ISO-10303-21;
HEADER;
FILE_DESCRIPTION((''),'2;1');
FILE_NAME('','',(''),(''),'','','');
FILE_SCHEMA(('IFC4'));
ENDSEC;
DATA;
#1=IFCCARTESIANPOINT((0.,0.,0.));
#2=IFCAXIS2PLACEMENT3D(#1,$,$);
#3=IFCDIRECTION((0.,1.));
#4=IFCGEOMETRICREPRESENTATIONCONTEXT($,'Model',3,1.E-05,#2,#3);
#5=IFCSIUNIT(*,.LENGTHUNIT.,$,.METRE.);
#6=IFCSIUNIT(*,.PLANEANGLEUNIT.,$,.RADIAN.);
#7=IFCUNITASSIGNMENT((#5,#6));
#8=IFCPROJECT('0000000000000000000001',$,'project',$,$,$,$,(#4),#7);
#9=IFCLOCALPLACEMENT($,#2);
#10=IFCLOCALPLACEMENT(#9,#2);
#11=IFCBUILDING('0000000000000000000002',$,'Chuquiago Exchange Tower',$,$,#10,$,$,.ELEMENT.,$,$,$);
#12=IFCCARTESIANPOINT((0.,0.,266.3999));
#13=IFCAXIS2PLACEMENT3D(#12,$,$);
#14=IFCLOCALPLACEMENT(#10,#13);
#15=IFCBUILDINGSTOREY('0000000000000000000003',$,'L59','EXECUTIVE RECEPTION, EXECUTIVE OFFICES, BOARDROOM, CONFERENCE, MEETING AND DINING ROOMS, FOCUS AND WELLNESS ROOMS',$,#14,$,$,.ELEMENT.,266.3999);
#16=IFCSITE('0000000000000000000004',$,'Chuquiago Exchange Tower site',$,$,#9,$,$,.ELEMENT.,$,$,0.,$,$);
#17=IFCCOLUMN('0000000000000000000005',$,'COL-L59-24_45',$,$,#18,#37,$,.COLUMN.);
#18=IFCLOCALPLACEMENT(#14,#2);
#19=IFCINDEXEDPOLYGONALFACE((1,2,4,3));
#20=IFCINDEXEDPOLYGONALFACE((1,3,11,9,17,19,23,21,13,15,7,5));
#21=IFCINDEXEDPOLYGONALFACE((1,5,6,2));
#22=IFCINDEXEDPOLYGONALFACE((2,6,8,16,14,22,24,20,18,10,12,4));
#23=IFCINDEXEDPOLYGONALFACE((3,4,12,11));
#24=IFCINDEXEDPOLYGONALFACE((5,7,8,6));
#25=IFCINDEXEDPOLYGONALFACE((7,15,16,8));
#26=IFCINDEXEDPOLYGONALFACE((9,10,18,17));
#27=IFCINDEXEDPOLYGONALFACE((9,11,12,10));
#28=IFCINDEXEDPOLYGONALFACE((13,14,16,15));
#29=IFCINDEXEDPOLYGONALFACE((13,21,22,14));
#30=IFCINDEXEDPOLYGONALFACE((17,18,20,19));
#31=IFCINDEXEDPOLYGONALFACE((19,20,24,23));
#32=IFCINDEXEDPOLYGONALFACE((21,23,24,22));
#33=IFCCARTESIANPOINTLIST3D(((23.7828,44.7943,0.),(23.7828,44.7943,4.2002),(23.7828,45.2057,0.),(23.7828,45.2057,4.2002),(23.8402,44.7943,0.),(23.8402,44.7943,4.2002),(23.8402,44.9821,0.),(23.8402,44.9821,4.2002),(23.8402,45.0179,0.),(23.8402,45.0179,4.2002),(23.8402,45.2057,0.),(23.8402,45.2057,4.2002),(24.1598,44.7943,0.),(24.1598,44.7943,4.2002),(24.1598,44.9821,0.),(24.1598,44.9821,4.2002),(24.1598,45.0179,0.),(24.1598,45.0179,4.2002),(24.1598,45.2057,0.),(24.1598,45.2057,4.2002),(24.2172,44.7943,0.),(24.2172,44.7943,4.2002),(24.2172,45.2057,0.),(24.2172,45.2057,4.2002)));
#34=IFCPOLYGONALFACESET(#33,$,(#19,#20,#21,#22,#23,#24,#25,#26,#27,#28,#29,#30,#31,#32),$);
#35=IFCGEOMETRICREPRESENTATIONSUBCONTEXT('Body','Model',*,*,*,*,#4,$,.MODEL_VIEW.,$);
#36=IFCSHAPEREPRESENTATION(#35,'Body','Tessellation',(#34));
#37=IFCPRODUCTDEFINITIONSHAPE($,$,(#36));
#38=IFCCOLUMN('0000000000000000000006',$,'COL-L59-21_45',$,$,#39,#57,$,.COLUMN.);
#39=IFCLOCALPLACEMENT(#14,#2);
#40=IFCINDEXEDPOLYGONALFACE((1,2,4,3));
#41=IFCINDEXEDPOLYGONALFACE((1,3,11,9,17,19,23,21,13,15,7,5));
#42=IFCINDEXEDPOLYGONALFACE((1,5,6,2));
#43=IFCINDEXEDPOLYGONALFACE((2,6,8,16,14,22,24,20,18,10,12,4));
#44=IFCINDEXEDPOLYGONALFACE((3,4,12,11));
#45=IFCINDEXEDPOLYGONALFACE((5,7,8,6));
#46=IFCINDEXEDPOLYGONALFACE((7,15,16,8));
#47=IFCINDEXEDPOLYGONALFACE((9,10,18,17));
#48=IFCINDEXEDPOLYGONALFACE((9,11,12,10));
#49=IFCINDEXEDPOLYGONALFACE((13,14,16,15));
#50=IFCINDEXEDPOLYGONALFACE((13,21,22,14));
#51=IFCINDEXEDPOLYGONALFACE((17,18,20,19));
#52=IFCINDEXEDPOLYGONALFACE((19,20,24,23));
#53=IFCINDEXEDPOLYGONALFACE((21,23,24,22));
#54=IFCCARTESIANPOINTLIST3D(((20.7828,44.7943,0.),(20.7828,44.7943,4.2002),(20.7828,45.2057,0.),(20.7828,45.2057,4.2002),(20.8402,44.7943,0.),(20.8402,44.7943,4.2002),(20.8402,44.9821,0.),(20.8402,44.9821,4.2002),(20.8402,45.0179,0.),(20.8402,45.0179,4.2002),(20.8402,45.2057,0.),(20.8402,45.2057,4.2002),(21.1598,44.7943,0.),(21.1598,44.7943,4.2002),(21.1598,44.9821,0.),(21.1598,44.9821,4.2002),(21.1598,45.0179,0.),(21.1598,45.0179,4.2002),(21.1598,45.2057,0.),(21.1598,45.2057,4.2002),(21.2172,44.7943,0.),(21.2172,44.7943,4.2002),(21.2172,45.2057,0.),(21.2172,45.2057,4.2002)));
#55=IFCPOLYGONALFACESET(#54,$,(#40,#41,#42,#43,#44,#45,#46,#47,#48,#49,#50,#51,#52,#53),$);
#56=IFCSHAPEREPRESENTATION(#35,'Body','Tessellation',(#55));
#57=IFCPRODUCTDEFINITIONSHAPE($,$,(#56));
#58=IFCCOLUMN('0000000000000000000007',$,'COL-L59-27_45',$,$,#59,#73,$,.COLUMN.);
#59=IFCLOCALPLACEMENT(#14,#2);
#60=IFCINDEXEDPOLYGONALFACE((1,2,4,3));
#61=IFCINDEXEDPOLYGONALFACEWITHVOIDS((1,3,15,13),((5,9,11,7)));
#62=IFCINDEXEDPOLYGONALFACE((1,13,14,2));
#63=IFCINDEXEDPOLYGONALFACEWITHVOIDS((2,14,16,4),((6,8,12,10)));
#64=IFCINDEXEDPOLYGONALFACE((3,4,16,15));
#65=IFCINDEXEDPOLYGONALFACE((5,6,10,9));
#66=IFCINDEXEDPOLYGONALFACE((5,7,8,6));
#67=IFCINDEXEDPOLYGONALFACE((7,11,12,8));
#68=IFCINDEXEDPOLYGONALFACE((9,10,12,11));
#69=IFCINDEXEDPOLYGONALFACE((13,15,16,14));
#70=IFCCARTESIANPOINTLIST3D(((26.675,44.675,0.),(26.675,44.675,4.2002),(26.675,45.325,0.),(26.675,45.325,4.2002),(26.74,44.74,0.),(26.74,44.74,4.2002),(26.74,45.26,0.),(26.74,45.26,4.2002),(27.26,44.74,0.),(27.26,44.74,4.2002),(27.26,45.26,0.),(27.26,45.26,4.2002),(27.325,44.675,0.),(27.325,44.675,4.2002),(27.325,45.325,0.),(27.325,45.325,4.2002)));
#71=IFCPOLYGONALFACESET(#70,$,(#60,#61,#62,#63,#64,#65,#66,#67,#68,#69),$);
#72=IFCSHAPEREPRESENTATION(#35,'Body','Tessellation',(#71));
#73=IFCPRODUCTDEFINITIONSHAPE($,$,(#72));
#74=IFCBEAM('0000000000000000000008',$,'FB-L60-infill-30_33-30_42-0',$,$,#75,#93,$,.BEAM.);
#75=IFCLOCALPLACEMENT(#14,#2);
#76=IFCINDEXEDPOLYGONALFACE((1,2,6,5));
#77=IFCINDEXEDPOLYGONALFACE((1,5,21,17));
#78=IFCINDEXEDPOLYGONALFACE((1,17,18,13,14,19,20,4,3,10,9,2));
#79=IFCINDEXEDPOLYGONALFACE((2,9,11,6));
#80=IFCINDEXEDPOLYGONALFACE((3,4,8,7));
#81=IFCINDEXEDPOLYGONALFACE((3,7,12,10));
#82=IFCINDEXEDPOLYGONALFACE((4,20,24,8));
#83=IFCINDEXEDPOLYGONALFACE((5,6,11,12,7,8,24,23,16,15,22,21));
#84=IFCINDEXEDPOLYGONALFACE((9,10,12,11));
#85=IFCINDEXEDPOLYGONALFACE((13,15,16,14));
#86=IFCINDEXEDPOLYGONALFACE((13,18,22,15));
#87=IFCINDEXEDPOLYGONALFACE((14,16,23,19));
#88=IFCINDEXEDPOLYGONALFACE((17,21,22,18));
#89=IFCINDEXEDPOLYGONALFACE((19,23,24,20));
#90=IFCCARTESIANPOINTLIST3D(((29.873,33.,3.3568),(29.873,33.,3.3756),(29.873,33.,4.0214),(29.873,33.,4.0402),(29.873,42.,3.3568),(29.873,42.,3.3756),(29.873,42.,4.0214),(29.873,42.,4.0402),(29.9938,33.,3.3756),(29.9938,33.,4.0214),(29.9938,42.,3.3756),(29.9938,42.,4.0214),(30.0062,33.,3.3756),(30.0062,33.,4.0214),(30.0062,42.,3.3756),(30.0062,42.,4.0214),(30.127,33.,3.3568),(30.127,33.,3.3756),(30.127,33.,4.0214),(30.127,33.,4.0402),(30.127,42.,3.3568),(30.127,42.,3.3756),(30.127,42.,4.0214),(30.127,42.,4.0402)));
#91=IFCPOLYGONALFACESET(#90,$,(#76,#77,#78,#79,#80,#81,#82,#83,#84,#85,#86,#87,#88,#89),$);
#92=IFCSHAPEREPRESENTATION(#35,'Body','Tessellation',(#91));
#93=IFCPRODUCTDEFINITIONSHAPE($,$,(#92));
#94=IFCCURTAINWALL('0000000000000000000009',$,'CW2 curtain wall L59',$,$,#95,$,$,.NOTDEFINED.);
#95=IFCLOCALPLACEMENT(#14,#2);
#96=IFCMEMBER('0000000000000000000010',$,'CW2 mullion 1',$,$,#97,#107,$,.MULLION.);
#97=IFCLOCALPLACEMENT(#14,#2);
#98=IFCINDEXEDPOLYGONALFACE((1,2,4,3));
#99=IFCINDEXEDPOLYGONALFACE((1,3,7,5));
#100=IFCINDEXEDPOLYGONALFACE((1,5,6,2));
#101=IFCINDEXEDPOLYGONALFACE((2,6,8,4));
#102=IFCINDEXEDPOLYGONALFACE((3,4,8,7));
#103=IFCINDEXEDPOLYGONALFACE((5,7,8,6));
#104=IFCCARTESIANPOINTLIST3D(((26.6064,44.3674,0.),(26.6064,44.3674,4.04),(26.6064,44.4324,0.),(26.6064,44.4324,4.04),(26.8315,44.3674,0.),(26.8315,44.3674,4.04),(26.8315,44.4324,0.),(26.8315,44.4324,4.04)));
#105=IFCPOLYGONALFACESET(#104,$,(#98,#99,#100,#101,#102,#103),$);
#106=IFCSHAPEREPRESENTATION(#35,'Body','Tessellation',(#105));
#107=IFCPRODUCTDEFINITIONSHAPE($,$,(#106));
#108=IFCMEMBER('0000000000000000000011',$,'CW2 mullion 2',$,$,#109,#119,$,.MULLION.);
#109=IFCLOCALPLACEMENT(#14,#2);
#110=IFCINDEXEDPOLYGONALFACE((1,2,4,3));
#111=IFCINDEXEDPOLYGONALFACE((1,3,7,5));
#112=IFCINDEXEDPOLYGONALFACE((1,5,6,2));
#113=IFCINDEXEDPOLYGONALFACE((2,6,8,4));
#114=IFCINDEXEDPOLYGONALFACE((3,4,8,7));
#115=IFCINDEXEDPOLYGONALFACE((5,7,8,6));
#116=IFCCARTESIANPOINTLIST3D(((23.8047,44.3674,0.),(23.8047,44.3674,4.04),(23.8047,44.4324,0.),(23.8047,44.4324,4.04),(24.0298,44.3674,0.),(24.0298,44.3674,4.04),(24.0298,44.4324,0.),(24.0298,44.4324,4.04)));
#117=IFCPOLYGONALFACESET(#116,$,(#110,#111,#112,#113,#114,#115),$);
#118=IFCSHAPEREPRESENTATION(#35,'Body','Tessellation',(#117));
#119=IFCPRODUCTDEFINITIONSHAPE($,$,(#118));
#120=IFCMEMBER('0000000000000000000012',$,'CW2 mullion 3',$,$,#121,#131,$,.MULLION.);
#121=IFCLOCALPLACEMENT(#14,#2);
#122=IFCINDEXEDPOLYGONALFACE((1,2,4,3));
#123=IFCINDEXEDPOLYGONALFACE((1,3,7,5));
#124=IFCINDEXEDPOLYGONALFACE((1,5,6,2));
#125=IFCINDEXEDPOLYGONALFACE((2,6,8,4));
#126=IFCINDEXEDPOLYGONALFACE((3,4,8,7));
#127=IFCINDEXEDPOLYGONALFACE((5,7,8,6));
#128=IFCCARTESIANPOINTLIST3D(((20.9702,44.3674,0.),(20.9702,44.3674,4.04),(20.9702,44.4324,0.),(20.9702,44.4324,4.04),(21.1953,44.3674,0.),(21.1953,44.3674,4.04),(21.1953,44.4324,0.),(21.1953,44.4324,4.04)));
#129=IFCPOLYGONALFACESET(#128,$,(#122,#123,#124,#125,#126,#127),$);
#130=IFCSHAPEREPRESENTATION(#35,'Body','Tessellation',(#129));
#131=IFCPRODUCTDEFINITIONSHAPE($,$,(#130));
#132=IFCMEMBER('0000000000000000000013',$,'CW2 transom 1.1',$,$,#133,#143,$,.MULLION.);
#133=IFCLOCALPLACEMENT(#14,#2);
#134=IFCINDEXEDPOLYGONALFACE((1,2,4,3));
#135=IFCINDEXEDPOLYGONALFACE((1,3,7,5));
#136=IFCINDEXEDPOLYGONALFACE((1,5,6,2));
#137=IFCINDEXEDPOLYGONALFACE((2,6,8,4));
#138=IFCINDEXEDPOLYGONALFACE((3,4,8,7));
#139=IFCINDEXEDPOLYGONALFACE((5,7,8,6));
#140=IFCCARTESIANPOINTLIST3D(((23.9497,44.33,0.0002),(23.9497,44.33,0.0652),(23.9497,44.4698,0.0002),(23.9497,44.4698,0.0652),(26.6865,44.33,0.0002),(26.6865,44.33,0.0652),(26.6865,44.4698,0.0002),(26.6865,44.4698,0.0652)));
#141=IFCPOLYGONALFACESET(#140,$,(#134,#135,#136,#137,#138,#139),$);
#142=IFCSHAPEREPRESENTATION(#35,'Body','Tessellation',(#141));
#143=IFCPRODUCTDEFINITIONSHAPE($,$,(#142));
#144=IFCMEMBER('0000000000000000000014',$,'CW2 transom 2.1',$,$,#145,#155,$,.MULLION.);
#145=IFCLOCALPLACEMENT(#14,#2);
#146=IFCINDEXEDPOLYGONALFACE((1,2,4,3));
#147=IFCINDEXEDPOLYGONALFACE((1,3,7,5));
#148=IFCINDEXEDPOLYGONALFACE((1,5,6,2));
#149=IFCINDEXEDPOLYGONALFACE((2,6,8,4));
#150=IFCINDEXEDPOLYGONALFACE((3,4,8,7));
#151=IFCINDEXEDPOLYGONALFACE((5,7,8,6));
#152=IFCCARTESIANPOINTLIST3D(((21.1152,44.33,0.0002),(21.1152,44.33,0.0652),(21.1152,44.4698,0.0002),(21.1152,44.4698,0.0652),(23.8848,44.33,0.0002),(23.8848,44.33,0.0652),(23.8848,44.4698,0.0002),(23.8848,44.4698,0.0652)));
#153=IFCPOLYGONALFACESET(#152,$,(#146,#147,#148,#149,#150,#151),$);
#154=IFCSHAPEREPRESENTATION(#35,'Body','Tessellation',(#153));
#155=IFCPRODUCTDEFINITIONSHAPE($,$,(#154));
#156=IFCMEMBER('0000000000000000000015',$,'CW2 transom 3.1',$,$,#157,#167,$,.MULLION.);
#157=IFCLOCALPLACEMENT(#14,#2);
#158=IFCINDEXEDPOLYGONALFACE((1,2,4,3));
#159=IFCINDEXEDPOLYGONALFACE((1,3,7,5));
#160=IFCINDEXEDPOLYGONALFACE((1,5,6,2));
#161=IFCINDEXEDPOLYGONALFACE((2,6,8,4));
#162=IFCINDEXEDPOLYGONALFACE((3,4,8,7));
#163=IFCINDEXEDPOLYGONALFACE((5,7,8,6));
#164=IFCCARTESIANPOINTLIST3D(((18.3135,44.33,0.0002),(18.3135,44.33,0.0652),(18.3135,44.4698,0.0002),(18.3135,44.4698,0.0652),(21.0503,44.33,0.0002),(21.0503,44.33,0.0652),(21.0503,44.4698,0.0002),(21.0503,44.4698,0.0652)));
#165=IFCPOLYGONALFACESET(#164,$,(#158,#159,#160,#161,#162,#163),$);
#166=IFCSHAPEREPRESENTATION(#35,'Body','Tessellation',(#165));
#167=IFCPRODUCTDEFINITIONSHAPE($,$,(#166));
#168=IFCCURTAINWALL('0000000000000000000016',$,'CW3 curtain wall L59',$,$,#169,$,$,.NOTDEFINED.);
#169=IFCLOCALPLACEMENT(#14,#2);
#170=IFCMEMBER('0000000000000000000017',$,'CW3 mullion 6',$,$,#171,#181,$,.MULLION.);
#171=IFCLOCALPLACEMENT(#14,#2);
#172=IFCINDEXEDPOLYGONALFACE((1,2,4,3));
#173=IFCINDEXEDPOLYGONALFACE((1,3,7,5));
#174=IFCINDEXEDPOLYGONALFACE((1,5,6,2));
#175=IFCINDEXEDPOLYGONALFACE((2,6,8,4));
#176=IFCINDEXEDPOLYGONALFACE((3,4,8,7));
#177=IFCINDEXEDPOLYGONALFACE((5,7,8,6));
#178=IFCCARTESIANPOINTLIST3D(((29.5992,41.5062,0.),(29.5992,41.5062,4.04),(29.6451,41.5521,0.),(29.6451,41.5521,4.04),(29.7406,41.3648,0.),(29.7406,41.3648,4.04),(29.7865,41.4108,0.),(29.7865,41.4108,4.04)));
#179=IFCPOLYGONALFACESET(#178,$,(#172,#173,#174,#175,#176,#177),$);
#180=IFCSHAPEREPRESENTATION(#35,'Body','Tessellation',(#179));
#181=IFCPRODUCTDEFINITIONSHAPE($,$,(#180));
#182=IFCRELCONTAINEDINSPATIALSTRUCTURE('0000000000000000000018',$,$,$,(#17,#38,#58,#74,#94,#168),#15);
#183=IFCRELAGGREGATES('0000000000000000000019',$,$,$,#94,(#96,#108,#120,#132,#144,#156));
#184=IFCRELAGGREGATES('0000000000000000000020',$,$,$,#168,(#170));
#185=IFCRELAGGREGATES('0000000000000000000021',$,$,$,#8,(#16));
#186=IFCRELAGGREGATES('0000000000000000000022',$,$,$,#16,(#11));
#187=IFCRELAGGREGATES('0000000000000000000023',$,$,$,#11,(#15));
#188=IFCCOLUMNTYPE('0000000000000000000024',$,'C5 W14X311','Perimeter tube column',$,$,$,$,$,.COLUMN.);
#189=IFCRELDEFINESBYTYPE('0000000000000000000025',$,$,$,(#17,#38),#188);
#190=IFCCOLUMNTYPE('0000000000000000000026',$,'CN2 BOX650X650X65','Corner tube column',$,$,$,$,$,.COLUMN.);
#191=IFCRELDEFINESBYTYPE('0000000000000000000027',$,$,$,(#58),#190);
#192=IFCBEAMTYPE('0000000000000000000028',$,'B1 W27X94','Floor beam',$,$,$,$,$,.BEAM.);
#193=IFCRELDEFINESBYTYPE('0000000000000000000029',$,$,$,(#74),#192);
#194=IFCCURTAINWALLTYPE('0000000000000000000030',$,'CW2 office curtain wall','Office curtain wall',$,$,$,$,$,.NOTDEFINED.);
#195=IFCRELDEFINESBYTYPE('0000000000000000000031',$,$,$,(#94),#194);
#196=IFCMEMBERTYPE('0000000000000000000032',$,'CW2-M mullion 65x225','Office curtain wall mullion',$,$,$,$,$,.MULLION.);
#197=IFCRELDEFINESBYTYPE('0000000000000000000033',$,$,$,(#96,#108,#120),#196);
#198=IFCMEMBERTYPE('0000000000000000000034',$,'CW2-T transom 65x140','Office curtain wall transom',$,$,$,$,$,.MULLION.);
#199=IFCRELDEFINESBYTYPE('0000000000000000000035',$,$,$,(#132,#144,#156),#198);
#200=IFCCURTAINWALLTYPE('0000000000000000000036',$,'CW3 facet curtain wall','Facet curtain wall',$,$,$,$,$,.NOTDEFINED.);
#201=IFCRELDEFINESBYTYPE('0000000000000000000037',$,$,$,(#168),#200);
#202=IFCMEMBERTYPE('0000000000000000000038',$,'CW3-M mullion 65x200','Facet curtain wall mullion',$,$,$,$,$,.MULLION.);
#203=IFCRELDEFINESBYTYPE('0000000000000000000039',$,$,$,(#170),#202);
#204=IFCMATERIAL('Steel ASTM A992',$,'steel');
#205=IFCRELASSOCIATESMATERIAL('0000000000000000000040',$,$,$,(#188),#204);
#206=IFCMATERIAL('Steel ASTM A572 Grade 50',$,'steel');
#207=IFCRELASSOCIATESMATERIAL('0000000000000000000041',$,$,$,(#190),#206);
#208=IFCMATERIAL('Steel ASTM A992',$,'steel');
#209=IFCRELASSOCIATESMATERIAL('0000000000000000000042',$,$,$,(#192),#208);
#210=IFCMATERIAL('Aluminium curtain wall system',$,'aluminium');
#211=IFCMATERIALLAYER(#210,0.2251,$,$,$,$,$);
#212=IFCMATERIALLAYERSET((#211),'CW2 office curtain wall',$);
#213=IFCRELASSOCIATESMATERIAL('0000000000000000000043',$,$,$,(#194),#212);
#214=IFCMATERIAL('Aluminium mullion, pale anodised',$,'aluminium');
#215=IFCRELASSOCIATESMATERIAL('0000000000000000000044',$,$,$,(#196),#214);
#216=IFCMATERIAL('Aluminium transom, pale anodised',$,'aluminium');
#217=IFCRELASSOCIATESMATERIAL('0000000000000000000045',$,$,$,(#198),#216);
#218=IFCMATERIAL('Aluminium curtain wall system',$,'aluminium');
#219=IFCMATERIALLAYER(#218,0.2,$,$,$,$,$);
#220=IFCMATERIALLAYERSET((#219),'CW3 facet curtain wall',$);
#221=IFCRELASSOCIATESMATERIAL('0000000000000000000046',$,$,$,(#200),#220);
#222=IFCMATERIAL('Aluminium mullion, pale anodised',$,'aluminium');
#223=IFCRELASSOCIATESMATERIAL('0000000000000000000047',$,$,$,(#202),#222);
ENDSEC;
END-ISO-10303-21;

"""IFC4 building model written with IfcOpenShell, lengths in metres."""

from ifc_helpers import new_model, si_unit, direction, frame, origin, origin_2d, place, context, subcontext, project, spatial, rectangle, hollow_rectangle, i_section, extrude, material, layer, layer_set, material_profile, profile_set, type_object, element, aggregate, save


model = new_model("IFC4")

# Units and contexts
model_context = context("Model", 3, precision=1e-05, world=origin(), true_north=direction((0.0, 1.0)))
body_context = subcontext(model_context, "Body", "Model", "MODEL_VIEW")
ifc_project = project(units=[si_unit("LENGTHUNIT", "METRE"), si_unit("PLANEANGLEUNIT", "RADIAN")], contexts=[model_context])

# Site, building, storey
site_placement = place(None, origin())
site = spatial("IfcSite", under=ifc_project, at=site_placement, Name="Chuquiago Exchange Tower site", CompositionType="ELEMENT", RefElevation=0.0)
building_placement = place(site_placement, origin())
building = spatial("IfcBuilding", under=site, at=building_placement, Name="Chuquiago Exchange Tower", CompositionType="ELEMENT")
storey_placement = place(building_placement, frame((0.0, 0.0, 266.3999)))
storey = spatial("IfcBuildingStorey", under=building, at=storey_placement, Name="L59", Description="EXECUTIVE RECEPTION, EXECUTIVE OFFICES, BOARDROOM, CONFERENCE, MEETING AND DINING ROOMS, FOCUS AND WELLNESS ROOMS", CompositionType="ELEMENT", Elevation=266.3999)

# Columns
ifc_material_1 = material(Name="Steel ASTM A992", Category="steel")
ifc_material_profile_1 = material_profile(ifc_material_1, i_section(OverallWidth=0.4114, OverallDepth=0.4343, WebThickness=0.0359, FlangeThickness=0.0574, at=origin_2d()), Name="W14X311")
ifc_profile_set_1 = profile_set([ifc_material_profile_1], Name="Steel ASTM A992")
column_type_1 = type_object("IfcColumnType", Name="C5 W14X311", Description="Perimeter tube column", PredefinedType="COLUMN", material=ifc_profile_set_1)
for number, where, z_axis, x_axis, name in (
    (1, (24.0, 45.0, 0.0), (0.0, 0.0, 1.0), (0.0, 1.0, 0.0), "COL-L59-24_45"),
    (2, (21.0, 45.0, 0.0), (0.0, 0.0, 1.0), (0.0, 1.0, 0.0), "COL-L59-21_45"),
):
    element("IfcColumn", number, at=place(storey_placement, frame(where, z_axis=z_axis, x_axis=x_axis)), inside=storey, type_object=column_type_1, Name=name, PredefinedType="COLUMN", context=body_context, shape_type="SweptSolid", body=[
        extrude(i_section(OverallWidth=0.4114, OverallDepth=0.4343, WebThickness=0.0359, FlangeThickness=0.0574, at=origin_2d()), origin(), (0.0, 0.0, 1.0), 4.2002),
    ])
ifc_material_2 = material(Name="Steel ASTM A572 Grade 50", Category="steel")
ifc_material_profile_2 = material_profile(ifc_material_2, hollow_rectangle(XDim=0.6499, YDim=0.6499, WallThickness=0.0649, at=origin_2d()), Name="BOX650X650X65")
ifc_profile_set_2 = profile_set([ifc_material_profile_2], Name="Steel ASTM A572 Grade 50")
column_type_2 = type_object("IfcColumnType", Name="CN2 BOX650X650X65", Description="Corner tube column", PredefinedType="COLUMN", material=ifc_profile_set_2)
column_placement = place(storey_placement, frame((27.0, 45.0, 0.0), z_axis=(0.0, 0.0, 1.0), x_axis=(0.0, 1.0, 0.0)))
element("IfcColumn", 3, at=column_placement, inside=storey, type_object=column_type_2, Name="COL-L59-27_45", PredefinedType="COLUMN", context=body_context, shape_type="SweptSolid", body=[
    extrude(hollow_rectangle(XDim=0.6499, YDim=0.6499, WallThickness=0.0649, at=origin_2d()), origin(), (0.0, 0.0, 1.0), 4.2002),
])

# Beam
ifc_material_3 = material(Name="Steel ASTM A992", Category="steel")
ifc_material_profile_3 = material_profile(ifc_material_3, i_section(OverallWidth=0.2539, OverallDepth=0.6833, WebThickness=0.0125, FlangeThickness=0.0188, at=origin_2d()), Name="W27X94")
ifc_profile_set_3 = profile_set([ifc_material_profile_3], Name="Steel ASTM A992")
beam_type_1 = type_object("IfcBeamType", Name="B1 W27X94", Description="Floor beam", PredefinedType="BEAM", material=ifc_profile_set_3)
beam_placement = place(storey_placement, frame((30.0, 33.0, 3.6985), z_axis=(0.0, 1.0, 0.0), x_axis=(-1.0, 0.0, 0.0)))
element("IfcBeam", 4, at=beam_placement, inside=storey, type_object=beam_type_1, Name="FB-L60-infill-30_33-30_42-0", PredefinedType="BEAM", context=body_context, shape_type="SweptSolid", body=[
    extrude(i_section(OverallWidth=0.2539, OverallDepth=0.6833, WebThickness=0.0125, FlangeThickness=0.0188, at=origin_2d()), origin(), (0.0, 0.0, 1.0), 9.0),
])

# Curtain walls, members
ifc_material_4 = material(Name="Aluminium curtain wall system", Category="aluminium")
ifc_layer_1 = layer(ifc_material_4, 0.2251)
ifc_layer_set_1 = layer_set([ifc_layer_1], Name="CW2 office curtain wall")
curtain_wall_type_1 = type_object("IfcCurtainWallType", Name="CW2 office curtain wall", Description="Office curtain wall", PredefinedType="NOTDEFINED", material=ifc_layer_set_1)
curtain_wall_1_placement = place(storey_placement, origin())
curtain_wall_1 = element("IfcCurtainWall", 5, at=curtain_wall_1_placement, inside=storey, type_object=curtain_wall_type_1, Name="CW2 curtain wall L59", PredefinedType="NOTDEFINED")
ifc_material_5 = material(Name="Aluminium mullion, pale anodised", Category="aluminium")
ifc_material_profile_4 = material_profile(ifc_material_5, rectangle(XDim=0.0649, YDim=0.2251, at=origin_2d()), Name="AL 65x225")
ifc_profile_set_4 = profile_set([ifc_material_profile_4], Name="Aluminium mullion, pale anodised")
member_type_1 = type_object("IfcMemberType", Name="CW2-M mullion 65x225", Description="Office curtain wall mullion", PredefinedType="MULLION", material=ifc_profile_set_4)
member_1_placement = place(storey_placement, frame((26.719, 44.3999, 0.0), z_axis=(0.0, 0.0, 1.0), x_axis=(0.0, -1.0, 0.0)))
member_1 = element("IfcMember", 6, at=member_1_placement, type_object=member_type_1, Name="CW2 mullion 1", PredefinedType="MULLION", context=body_context, shape_type="SweptSolid", body=[
    extrude(rectangle(XDim=0.0649, YDim=0.2251, at=origin_2d()), origin(), (0.0, 0.0, 1.0), 4.04),
])
member_2_placement = place(storey_placement, frame((23.9172, 44.3999, 0.0), z_axis=(0.0, 0.0, 1.0), x_axis=(0.0, -1.0, 0.0)))
member_2 = element("IfcMember", 7, at=member_2_placement, type_object=member_type_1, Name="CW2 mullion 2", PredefinedType="MULLION", context=body_context, shape_type="SweptSolid", body=[
    extrude(rectangle(XDim=0.0649, YDim=0.2251, at=origin_2d()), origin(), (0.0, 0.0, 1.0), 4.04),
])
member_3_placement = place(storey_placement, frame((21.0828, 44.3999, 0.0), z_axis=(0.0, 0.0, 1.0), x_axis=(0.0, -1.0, 0.0)))
member_3 = element("IfcMember", 8, at=member_3_placement, type_object=member_type_1, Name="CW2 mullion 3", PredefinedType="MULLION", context=body_context, shape_type="SweptSolid", body=[
    extrude(rectangle(XDim=0.0649, YDim=0.2251, at=origin_2d()), origin(), (0.0, 0.0, 1.0), 4.04),
])
ifc_material_6 = material(Name="Aluminium transom, pale anodised", Category="aluminium")
ifc_material_profile_5 = material_profile(ifc_material_6, rectangle(XDim=0.1399, YDim=0.0649, at=origin_2d()), Name="AL 140x65")
ifc_profile_set_5 = profile_set([ifc_material_profile_5], Name="Aluminium transom, pale anodised")
member_type_2 = type_object("IfcMemberType", Name="CW2-T transom 65x140", Description="Office curtain wall transom", PredefinedType="MULLION", material=ifc_profile_set_5)
member_4_placement = place(storey_placement, frame((26.6865, 44.3999, 0.0327), z_axis=(-1.0, 0.0, 0.0), x_axis=(0.0, -1.0, 0.0)))
member_4 = element("IfcMember", 9, at=member_4_placement, type_object=member_type_2, Name="CW2 transom 1.1", PredefinedType="MULLION", context=body_context, shape_type="SweptSolid", body=[
    extrude(rectangle(XDim=0.1399, YDim=0.0649, at=origin_2d()), origin(), (0.0, 0.0, 1.0), 2.7368),
])
member_5_placement = place(storey_placement, frame((23.8848, 44.3999, 0.0327), z_axis=(-1.0, 0.0, 0.0), x_axis=(0.0, -1.0, 0.0)))
member_5 = element("IfcMember", 10, at=member_5_placement, type_object=member_type_2, Name="CW2 transom 2.1", PredefinedType="MULLION", context=body_context, shape_type="SweptSolid", body=[
    extrude(rectangle(XDim=0.1399, YDim=0.0649, at=origin_2d()), origin(), (0.0, 0.0, 1.0), 2.7695),
])
member_6_placement = place(storey_placement, frame((21.0503, 44.3999, 0.0327), z_axis=(-1.0, 0.0, 0.0), x_axis=(0.0, -1.0, 0.0)))
member_6 = element("IfcMember", 11, at=member_6_placement, type_object=member_type_2, Name="CW2 transom 3.1", PredefinedType="MULLION", context=body_context, shape_type="SweptSolid", body=[
    extrude(rectangle(XDim=0.1399, YDim=0.0649, at=origin_2d()), origin(), (0.0, 0.0, 1.0), 2.7368),
])
ifc_material_7 = material(Name="Aluminium curtain wall system", Category="aluminium")
ifc_layer_2 = layer(ifc_material_7, 0.2)
ifc_layer_set_2 = layer_set([ifc_layer_2], Name="CW3 facet curtain wall")
curtain_wall_type_2 = type_object("IfcCurtainWallType", Name="CW3 facet curtain wall", Description="Facet curtain wall", PredefinedType="NOTDEFINED", material=ifc_layer_set_2)
curtain_wall_2_placement = place(storey_placement, origin())
curtain_wall_2 = element("IfcCurtainWall", 12, at=curtain_wall_2_placement, inside=storey, type_object=curtain_wall_type_2, Name="CW3 curtain wall L59", PredefinedType="NOTDEFINED")
ifc_material_8 = material(Name="Aluminium mullion, pale anodised", Category="aluminium")
ifc_material_profile_6 = material_profile(ifc_material_8, rectangle(XDim=0.0649, YDim=0.2, at=origin_2d()), Name="AL 65x200")
ifc_profile_set_6 = profile_set([ifc_material_profile_6], Name="Aluminium mullion, pale anodised")
member_type_3 = type_object("IfcMemberType", Name="CW3-M mullion 65x200", Description="Facet curtain wall mullion", PredefinedType="MULLION", material=ifc_profile_set_6)
member_7_placement = place(storey_placement, frame((29.6929, 41.4585, 0.0), z_axis=(0.0, 0.0, 1.0), x_axis=(-0.707107, -0.707107, 0.0)))
member_7 = element("IfcMember", 13, at=member_7_placement, type_object=member_type_3, Name="CW3 mullion 6", PredefinedType="MULLION", context=body_context, shape_type="SweptSolid", body=[
    extrude(rectangle(XDim=0.0649, YDim=0.2, at=origin_2d()), origin(), (0.0, 0.0, 1.0), 4.04),
])

aggregate(curtain_wall_1, [member_1, member_2, member_3, member_4, member_5, member_6])
aggregate(curtain_wall_2, [member_7])

save(model, "model.ifc")
